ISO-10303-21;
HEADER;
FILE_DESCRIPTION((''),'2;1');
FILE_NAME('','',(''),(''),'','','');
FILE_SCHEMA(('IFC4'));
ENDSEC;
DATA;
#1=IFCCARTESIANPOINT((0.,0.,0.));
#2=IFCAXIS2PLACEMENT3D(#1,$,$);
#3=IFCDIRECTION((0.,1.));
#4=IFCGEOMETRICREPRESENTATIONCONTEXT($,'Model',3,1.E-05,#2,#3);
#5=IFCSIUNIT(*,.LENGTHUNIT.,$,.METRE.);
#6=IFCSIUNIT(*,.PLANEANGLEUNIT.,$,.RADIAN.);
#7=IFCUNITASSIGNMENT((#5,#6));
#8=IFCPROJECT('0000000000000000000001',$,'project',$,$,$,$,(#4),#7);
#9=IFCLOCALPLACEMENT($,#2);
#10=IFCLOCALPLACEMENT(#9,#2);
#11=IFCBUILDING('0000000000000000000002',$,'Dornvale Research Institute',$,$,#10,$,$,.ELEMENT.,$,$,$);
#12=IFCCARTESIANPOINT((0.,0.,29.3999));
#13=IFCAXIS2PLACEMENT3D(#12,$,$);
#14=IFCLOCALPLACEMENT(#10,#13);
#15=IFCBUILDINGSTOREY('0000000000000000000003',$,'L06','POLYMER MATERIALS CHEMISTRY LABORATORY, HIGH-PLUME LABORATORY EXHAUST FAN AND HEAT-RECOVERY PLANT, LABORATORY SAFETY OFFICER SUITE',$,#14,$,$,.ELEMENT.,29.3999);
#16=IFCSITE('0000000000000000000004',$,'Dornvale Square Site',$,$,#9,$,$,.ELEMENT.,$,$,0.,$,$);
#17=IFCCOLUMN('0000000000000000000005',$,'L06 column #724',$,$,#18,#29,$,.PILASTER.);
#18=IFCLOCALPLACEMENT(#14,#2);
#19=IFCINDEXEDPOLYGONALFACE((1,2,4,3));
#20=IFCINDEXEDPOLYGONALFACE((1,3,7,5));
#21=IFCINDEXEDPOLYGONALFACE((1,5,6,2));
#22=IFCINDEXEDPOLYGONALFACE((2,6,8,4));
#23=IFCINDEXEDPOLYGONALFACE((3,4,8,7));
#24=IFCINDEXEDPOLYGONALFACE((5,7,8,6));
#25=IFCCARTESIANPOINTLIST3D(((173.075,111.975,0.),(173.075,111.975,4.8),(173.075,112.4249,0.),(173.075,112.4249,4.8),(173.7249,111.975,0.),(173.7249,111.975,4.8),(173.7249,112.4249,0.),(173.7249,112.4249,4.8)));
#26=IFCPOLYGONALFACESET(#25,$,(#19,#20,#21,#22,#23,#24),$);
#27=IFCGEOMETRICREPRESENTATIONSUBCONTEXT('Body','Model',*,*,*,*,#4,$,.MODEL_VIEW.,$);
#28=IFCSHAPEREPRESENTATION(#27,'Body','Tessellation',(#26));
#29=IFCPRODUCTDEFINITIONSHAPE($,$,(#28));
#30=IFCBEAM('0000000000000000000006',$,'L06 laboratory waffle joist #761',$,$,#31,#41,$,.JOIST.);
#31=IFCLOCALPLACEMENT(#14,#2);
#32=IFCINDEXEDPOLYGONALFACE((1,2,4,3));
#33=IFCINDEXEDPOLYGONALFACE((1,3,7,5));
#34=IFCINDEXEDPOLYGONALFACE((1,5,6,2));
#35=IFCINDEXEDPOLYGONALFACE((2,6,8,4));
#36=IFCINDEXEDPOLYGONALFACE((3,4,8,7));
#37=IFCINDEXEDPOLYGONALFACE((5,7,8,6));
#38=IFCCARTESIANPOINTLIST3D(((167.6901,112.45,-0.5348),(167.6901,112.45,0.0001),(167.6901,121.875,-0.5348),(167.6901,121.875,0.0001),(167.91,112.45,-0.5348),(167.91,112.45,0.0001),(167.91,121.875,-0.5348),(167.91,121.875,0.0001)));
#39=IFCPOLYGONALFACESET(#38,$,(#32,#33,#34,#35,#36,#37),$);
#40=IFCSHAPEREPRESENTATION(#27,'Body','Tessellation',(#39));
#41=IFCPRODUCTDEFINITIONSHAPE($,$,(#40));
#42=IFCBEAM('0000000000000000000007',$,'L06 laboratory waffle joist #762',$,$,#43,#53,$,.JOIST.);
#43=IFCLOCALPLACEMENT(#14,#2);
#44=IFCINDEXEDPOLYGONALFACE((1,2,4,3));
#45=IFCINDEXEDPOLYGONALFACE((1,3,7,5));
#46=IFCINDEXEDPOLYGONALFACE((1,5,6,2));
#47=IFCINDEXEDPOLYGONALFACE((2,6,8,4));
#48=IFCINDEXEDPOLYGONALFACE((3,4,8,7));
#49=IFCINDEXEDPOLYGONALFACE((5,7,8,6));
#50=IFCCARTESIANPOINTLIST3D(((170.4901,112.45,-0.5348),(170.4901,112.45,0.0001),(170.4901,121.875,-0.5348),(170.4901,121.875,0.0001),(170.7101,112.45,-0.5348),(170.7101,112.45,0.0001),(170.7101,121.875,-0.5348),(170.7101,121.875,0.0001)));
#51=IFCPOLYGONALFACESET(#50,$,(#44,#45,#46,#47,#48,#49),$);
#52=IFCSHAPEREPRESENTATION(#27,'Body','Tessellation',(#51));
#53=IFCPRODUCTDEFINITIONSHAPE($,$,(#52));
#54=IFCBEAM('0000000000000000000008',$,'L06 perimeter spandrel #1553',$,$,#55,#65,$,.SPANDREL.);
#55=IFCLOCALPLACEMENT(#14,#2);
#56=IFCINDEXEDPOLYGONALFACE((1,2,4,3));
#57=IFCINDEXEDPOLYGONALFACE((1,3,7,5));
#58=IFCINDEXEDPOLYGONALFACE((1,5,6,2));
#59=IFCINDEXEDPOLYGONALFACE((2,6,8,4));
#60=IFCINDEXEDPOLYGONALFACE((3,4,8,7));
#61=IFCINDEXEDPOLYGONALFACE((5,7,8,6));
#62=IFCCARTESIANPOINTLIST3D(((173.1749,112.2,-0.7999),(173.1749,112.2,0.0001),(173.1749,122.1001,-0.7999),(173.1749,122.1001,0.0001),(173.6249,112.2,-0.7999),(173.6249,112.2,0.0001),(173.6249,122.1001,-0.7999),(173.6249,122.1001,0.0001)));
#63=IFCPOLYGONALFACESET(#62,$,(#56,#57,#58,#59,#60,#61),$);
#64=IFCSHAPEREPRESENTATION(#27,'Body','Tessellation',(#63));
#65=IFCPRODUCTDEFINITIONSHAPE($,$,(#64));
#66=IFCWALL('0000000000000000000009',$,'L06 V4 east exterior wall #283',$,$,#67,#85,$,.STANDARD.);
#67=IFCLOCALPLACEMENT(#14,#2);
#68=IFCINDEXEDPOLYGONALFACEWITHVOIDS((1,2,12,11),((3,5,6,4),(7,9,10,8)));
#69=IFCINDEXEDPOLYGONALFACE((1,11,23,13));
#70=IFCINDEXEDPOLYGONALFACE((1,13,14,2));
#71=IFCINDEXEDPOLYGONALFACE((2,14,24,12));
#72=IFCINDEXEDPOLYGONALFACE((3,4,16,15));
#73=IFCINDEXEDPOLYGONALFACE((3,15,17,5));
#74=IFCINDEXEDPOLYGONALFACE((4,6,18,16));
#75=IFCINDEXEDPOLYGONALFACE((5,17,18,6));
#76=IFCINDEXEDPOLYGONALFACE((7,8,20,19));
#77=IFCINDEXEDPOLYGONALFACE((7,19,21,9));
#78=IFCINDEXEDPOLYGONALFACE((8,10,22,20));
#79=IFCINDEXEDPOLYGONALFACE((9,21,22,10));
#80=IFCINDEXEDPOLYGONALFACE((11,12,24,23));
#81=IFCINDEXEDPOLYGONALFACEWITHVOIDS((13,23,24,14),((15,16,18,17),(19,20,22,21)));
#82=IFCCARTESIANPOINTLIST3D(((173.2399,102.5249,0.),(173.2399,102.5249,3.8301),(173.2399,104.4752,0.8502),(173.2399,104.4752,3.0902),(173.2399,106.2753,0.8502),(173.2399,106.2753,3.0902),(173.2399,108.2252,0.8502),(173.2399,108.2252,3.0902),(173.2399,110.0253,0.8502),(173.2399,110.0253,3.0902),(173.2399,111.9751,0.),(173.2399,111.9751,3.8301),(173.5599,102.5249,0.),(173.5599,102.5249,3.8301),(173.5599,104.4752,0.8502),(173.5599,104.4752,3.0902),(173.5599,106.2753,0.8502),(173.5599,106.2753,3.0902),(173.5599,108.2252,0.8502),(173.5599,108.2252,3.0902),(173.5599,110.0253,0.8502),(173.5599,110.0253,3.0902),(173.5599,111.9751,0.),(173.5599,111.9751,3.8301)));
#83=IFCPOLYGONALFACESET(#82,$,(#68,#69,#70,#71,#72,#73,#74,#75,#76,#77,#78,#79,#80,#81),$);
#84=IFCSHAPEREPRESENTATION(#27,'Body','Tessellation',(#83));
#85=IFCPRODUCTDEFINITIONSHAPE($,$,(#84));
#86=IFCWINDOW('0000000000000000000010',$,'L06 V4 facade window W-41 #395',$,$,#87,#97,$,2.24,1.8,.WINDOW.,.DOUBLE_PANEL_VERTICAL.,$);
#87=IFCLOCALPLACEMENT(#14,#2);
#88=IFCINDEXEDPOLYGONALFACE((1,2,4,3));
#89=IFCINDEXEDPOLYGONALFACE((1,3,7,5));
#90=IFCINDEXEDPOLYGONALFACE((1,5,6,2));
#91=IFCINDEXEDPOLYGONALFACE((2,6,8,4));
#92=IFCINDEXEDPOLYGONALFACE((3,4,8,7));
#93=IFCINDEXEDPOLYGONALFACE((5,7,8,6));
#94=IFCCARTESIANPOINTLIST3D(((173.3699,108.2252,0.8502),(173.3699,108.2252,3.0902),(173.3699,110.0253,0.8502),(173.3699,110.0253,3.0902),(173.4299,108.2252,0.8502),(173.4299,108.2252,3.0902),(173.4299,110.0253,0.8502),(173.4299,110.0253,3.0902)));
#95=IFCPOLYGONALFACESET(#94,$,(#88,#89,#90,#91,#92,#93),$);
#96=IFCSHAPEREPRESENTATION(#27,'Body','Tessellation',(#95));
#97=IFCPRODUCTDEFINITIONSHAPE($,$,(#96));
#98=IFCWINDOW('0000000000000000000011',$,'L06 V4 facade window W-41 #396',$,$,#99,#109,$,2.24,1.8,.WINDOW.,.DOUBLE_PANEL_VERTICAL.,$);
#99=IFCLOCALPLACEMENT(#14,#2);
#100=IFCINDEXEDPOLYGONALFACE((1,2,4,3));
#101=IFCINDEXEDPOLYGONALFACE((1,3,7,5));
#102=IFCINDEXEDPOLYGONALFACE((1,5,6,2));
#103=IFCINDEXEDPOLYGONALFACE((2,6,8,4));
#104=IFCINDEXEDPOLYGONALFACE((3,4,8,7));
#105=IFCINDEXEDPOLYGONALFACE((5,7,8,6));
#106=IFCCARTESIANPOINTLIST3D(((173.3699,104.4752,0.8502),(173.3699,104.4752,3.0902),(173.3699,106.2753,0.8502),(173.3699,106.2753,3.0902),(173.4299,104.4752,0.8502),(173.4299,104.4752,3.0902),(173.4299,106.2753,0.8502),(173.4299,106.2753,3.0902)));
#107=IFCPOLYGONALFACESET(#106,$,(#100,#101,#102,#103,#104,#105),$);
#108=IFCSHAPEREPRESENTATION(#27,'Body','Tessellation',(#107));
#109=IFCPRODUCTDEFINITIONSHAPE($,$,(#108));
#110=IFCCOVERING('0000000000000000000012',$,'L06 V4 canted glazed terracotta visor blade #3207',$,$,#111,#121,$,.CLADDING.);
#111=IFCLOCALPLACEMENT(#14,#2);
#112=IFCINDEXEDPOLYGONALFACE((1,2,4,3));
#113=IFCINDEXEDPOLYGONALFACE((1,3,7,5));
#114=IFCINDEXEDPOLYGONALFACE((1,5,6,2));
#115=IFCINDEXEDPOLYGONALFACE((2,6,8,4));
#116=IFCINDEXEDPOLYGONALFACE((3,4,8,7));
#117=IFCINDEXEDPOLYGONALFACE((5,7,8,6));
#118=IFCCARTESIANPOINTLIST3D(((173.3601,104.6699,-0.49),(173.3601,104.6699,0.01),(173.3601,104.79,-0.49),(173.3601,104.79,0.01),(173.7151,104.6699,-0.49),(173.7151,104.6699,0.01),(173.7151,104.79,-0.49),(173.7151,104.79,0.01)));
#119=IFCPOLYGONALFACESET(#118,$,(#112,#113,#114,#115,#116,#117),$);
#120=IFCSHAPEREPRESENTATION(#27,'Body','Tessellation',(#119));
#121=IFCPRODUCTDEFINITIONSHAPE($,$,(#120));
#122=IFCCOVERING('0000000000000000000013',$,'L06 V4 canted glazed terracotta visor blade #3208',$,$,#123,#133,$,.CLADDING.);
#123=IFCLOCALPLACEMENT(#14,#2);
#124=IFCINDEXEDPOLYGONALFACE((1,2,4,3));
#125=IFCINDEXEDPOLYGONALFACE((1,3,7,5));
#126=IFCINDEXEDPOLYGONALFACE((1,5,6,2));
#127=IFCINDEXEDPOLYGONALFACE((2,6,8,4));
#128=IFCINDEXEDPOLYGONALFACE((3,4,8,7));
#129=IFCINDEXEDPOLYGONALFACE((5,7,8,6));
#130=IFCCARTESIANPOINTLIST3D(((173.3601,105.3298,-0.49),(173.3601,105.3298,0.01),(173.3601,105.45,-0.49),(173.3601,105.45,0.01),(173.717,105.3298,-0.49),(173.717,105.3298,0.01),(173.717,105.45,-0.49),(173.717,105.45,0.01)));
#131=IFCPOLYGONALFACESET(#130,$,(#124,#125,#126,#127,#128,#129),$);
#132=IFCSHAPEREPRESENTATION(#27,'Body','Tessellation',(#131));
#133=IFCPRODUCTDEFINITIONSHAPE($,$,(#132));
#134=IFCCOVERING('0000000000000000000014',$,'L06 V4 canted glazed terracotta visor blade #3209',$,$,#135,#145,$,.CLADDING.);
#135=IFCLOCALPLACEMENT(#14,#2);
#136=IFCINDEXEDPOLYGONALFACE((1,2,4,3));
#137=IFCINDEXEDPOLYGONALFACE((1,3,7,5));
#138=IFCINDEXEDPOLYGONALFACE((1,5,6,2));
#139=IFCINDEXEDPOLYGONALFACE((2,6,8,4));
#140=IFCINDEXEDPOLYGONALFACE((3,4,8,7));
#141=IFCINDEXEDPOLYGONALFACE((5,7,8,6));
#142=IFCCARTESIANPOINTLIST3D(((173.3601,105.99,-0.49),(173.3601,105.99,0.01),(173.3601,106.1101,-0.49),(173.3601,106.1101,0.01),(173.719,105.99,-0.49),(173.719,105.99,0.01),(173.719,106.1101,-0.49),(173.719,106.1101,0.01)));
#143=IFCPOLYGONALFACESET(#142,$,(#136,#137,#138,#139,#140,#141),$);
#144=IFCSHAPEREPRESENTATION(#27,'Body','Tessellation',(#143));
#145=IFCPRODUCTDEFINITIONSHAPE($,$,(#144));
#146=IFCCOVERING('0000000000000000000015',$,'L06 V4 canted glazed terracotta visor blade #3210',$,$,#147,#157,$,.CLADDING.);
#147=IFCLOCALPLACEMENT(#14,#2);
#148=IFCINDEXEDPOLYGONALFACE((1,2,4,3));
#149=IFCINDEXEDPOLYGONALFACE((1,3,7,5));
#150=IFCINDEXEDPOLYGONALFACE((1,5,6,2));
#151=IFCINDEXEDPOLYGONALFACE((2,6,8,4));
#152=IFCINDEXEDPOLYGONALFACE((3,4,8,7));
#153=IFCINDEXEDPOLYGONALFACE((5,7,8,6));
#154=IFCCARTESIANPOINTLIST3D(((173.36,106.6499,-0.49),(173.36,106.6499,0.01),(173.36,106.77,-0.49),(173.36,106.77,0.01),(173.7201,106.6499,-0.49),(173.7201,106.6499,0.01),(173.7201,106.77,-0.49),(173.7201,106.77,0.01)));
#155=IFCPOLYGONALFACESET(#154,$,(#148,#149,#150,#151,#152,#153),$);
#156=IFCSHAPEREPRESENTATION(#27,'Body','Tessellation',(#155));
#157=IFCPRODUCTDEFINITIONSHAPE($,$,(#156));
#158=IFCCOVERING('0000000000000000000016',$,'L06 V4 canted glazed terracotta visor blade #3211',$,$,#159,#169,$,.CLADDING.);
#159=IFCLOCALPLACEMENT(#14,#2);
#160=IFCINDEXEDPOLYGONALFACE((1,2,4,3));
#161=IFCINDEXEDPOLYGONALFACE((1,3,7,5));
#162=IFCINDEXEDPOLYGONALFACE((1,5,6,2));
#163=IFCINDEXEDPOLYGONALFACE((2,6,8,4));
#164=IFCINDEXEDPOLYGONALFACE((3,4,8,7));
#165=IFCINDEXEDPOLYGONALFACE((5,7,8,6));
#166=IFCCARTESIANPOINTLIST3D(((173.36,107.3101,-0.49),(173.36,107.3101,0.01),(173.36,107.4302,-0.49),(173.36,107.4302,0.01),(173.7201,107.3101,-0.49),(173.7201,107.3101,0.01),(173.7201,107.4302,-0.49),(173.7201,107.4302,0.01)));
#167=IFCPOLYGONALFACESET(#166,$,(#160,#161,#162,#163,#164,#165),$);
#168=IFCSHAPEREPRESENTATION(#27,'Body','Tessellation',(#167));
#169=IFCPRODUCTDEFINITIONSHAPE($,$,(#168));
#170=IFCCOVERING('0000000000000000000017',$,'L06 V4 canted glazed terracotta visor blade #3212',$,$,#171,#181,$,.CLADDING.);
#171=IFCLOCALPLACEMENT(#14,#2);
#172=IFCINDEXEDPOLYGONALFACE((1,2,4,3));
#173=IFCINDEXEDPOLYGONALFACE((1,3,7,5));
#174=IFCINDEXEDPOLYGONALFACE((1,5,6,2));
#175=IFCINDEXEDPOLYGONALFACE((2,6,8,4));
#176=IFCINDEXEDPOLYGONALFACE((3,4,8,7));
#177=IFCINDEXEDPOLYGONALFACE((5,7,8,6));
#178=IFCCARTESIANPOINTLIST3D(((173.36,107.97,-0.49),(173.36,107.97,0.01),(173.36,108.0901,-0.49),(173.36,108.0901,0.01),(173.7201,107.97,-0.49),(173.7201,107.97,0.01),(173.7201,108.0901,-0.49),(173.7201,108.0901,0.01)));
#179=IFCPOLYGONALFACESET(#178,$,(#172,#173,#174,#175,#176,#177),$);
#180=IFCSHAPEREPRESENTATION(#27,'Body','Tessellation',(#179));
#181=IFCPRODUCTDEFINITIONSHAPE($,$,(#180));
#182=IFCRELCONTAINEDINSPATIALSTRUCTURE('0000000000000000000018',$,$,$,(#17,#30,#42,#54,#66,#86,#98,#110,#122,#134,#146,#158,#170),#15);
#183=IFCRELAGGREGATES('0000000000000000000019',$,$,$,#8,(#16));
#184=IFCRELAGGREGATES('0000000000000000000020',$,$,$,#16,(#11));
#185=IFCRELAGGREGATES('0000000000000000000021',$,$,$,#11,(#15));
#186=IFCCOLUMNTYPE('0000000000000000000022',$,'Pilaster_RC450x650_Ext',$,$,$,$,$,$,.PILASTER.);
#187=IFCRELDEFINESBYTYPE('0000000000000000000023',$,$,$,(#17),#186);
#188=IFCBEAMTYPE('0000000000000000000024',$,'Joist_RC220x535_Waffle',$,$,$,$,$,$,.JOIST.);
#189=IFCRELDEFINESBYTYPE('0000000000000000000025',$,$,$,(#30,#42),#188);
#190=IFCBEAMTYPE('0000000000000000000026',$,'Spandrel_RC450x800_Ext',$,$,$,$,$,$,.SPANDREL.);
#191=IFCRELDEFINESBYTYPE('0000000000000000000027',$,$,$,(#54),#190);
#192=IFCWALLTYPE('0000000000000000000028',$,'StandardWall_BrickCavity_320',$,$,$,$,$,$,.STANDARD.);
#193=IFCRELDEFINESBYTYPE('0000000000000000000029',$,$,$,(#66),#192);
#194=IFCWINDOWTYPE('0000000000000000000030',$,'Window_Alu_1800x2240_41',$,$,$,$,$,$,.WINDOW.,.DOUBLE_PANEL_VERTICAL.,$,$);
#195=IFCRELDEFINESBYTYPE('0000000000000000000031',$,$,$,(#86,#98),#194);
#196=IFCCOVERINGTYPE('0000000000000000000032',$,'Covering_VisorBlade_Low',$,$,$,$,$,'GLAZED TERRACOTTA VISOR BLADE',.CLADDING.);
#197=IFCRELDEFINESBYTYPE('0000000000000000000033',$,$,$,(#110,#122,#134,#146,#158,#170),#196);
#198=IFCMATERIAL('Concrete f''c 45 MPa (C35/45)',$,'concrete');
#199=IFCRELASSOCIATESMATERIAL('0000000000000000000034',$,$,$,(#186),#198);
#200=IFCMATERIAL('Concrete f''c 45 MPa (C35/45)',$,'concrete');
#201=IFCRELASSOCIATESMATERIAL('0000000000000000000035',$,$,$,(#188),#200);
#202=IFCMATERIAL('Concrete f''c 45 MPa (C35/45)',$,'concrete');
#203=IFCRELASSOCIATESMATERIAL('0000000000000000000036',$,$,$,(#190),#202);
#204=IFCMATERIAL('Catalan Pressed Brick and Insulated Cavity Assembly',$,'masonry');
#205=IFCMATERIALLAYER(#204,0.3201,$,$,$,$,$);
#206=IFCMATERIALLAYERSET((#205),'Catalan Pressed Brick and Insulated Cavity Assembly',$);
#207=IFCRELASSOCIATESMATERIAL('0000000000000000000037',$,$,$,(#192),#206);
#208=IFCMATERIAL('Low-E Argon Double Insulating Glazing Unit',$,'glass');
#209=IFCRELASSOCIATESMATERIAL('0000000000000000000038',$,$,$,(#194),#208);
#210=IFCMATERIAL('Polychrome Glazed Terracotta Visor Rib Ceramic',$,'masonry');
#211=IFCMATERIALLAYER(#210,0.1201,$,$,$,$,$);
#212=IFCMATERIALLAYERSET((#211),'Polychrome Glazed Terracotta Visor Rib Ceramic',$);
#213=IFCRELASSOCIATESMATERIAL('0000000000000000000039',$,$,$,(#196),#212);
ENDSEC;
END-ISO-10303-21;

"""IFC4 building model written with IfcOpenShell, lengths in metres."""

from ifc_helpers import new_model, si_unit, direction, frame, frame_2d, origin, origin_2d, place, context, subcontext, project, spatial, rectangle, extrude, material, layer, layer_set, material_profile, profile_set, type_object, element, fill, save


model = new_model("IFC4")

# Units and contexts
model_context = context("Model", 3, precision=1e-05, world=origin(), true_north=direction((0.0, 1.0)))
body_context = subcontext(model_context, "Body", "Model", "MODEL_VIEW")
ifc_project = project(units=[si_unit("LENGTHUNIT", "METRE"), si_unit("PLANEANGLEUNIT", "RADIAN")], contexts=[model_context])

# Site, building, storey
site_placement = place(None, origin())
site = spatial("IfcSite", under=ifc_project, at=site_placement, Name="Dornvale Square Site", CompositionType="ELEMENT", RefElevation=0.0)
building_placement = place(site_placement, origin())
building = spatial("IfcBuilding", under=site, at=building_placement, Name="Dornvale Research Institute", CompositionType="ELEMENT")
storey_placement = place(building_placement, frame((0.0, 0.0, 29.3999)))
storey = spatial("IfcBuildingStorey", under=building, at=storey_placement, Name="L06", Description="POLYMER MATERIALS CHEMISTRY LABORATORY, HIGH-PLUME LABORATORY EXHAUST FAN AND HEAT-RECOVERY PLANT, LABORATORY SAFETY OFFICER SUITE", CompositionType="ELEMENT", Elevation=29.3999)

# Column
ifc_material_1 = material(Name="Concrete f'c 45 MPa (C35/45)", Category="concrete")
ifc_material_profile_1 = material_profile(ifc_material_1, rectangle(XDim=0.45, YDim=0.6499, at=origin_2d()), Name="RC 450x650")
ifc_profile_set_1 = profile_set([ifc_material_profile_1], Name="Concrete f'c 45 MPa (C35/45)")
column_type = type_object("IfcColumnType", Name="Pilaster_RC450x650_Ext", PredefinedType="PILASTER", material=ifc_profile_set_1)
column_placement = place(storey_placement, frame((173.3999, 112.2, 0.0), z_axis=(0.0, 0.0, 1.0), x_axis=(0.0, 1.0, 0.0)))
element("IfcColumn", 1, at=column_placement, inside=storey, type_object=column_type, Name="L06 column #724", PredefinedType="PILASTER", context=body_context, shape_type="SweptSolid", body=[
    extrude(rectangle(XDim=0.45, YDim=0.6499, at=origin_2d()), origin(), (0.0, 0.0, 1.0), 4.8),
])

# Beams
ifc_material_2 = material(Name="Concrete f'c 45 MPa (C35/45)", Category="concrete")
ifc_material_profile_2 = material_profile(ifc_material_2, rectangle(XDim=0.22, YDim=0.5349, at=origin_2d()), Name="RC 220x535")
ifc_profile_set_2 = profile_set([ifc_material_profile_2], Name="Concrete f'c 45 MPa (C35/45)")
beam_type_1 = type_object("IfcBeamType", Name="Joist_RC220x535_Waffle", PredefinedType="JOIST", material=ifc_profile_set_2)
for number, where, z_axis, x_axis, name in (
    (2, (167.8, 112.45, -0.2673), (0.0, 1.0, 0.0), (-1.0, 0.0, 0.0), "L06 laboratory waffle joist #761"),
    (3, (170.6001, 112.45, -0.2673), (0.0, 1.0, 0.0), (-1.0, 0.0, 0.0), "L06 laboratory waffle joist #762"),
):
    element("IfcBeam", number, at=place(storey_placement, frame(where, z_axis=z_axis, x_axis=x_axis)), inside=storey, type_object=beam_type_1, Name=name, PredefinedType="JOIST", context=body_context, shape_type="SweptSolid", body=[
        extrude(rectangle(XDim=0.22, YDim=0.5349, at=origin_2d()), origin(), (0.0, 0.0, 1.0), 9.425),
    ])
ifc_material_3 = material(Name="Concrete f'c 45 MPa (C35/45)", Category="concrete")
ifc_material_profile_3 = material_profile(ifc_material_3, rectangle(XDim=0.45, YDim=0.8, at=origin_2d()), Name="RC 450x800")
ifc_profile_set_3 = profile_set([ifc_material_profile_3], Name="Concrete f'c 45 MPa (C35/45)")
beam_type_2 = type_object("IfcBeamType", Name="Spandrel_RC450x800_Ext", PredefinedType="SPANDREL", material=ifc_profile_set_3)
beam_placement = place(storey_placement, frame((173.3999, 112.2, -0.3999), z_axis=(0.0, 1.0, 0.0), x_axis=(-1.0, 0.0, 0.0)))
element("IfcBeam", 4, at=beam_placement, inside=storey, type_object=beam_type_2, Name="L06 perimeter spandrel #1553", PredefinedType="SPANDREL", context=body_context, shape_type="SweptSolid", body=[
    extrude(rectangle(XDim=0.45, YDim=0.8, at=origin_2d()), origin(), (0.0, 0.0, 1.0), 9.9001),
])

# Wall, openings, windows
ifc_material_4 = material(Name="Catalan Pressed Brick and Insulated Cavity Assembly", Category="masonry")
ifc_layer_1 = layer(ifc_material_4, 0.3201)
ifc_layer_set_1 = layer_set([ifc_layer_1], Name="Catalan Pressed Brick and Insulated Cavity Assembly")
wall_type = type_object("IfcWallType", Name="StandardWall_BrickCavity_320", PredefinedType="STANDARD", material=ifc_layer_set_1)
wall_placement = place(storey_placement, frame((173.3999, 111.9751, 0.0), z_axis=(0.0, 0.0, 1.0), x_axis=(0.0, -1.0, 0.0)))
wall = element("IfcWall", 5, at=wall_placement, inside=storey, type_object=wall_type, Name="L06 V4 east exterior wall #283", PredefinedType="STANDARD", context=body_context, shape_type="SweptSolid", body=[
    extrude(rectangle(XDim=9.4502, YDim=0.3201, at=frame_2d((4.7251, 0.0))), origin(), (0.0, 0.0, 1.0), 3.8301),
])
opening_1_placement = place(wall_placement, frame((1.95, 0.0, 0.8501)))
opening_1 = element("IfcOpeningElement", 6, at=opening_1_placement, cuts=wall, PredefinedType="OPENING", context=body_context, shape_type="SweptSolid", body=[
    extrude(rectangle(XDim=1.8, YDim=2.24, at=frame_2d((0.8999, 1.1201))), frame((0.0, 0.175, 0.0), z_axis=(0.0, -1.0, 0.0), x_axis=(1.0, 0.0, 0.0)), (0.0, 0.0, 1.0), 0.3501),
])
opening_2_placement = place(wall_placement, frame((5.7, 0.0, 0.8501)))
opening_2 = element("IfcOpeningElement", 7, at=opening_2_placement, cuts=wall, PredefinedType="OPENING", context=body_context, shape_type="SweptSolid", body=[
    extrude(rectangle(XDim=1.8, YDim=2.24, at=frame_2d((0.8999, 1.1201))), frame((0.0, 0.175, 0.0), z_axis=(0.0, -1.0, 0.0), x_axis=(1.0, 0.0, 0.0)), (0.0, 0.0, 1.0), 0.3501),
])
ifc_material_5 = material(Name="Low-E Argon Double Insulating Glazing Unit", Category="glass")
window_type = type_object("IfcWindowType", Name="Window_Alu_1800x2240_41", PartitioningType="DOUBLE_PANEL_VERTICAL", PredefinedType="WINDOW", material=ifc_material_5)
window_1_placement = place(opening_1_placement, origin())
window_1 = element("IfcWindow", 8, at=window_1_placement, inside=storey, type_object=window_type, Name="L06 V4 facade window W-41 #395", OverallHeight=2.24, OverallWidth=1.8, PartitioningType="DOUBLE_PANEL_VERTICAL", PredefinedType="WINDOW", context=body_context, shape_type="SweptSolid", body=[
    extrude(rectangle(XDim=1.8, YDim=2.24, at=frame_2d((0.8999, 1.1201))), frame((0.0, 0.03, 0.0), z_axis=(0.0, -1.0, 0.0), x_axis=(1.0, 0.0, 0.0)), (0.0, 0.0, 1.0), 0.0601),
])
fill(opening_1, window_1)
window_2_placement = place(opening_2_placement, origin())
window_2 = element("IfcWindow", 9, at=window_2_placement, inside=storey, type_object=window_type, Name="L06 V4 facade window W-41 #396", OverallHeight=2.24, OverallWidth=1.8, PartitioningType="DOUBLE_PANEL_VERTICAL", PredefinedType="WINDOW", context=body_context, shape_type="SweptSolid", body=[
    extrude(rectangle(XDim=1.8, YDim=2.24, at=frame_2d((0.8999, 1.1201))), frame((0.0, 0.03, 0.0), z_axis=(0.0, -1.0, 0.0), x_axis=(1.0, 0.0, 0.0)), (0.0, 0.0, 1.0), 0.0601),
])
fill(opening_2, window_2)

# Coverings
ifc_material_6 = material(Name="Polychrome Glazed Terracotta Visor Rib Ceramic", Category="masonry")
ifc_layer_2 = layer(ifc_material_6, 0.1201)
ifc_layer_set_2 = layer_set([ifc_layer_2], Name="Polychrome Glazed Terracotta Visor Rib Ceramic")
covering_type = type_object("IfcCoveringType", Name="Covering_VisorBlade_Low", ElementType="GLAZED TERRACOTTA VISOR BLADE", PredefinedType="CLADDING", material=ifc_layer_set_2)
covering_1_placement = place(storey_placement, frame((173.5376, 104.73, -0.49), z_axis=(0.0, 0.0, 1.0), x_axis=(1.0, 0.0, 0.0)))
element("IfcCovering", 10, at=covering_1_placement, inside=storey, type_object=covering_type, Name="L06 V4 canted glazed terracotta visor blade #3207", PredefinedType="CLADDING", context=body_context, shape_type="SweptSolid", body=[
    extrude(rectangle(XDim=0.355, YDim=0.1201, at=origin_2d()), origin(), (0.0, 0.0, 1.0), 0.5),
])
covering_2_placement = place(storey_placement, frame((173.5386, 105.3899, -0.49), z_axis=(0.0, 0.0, 1.0), x_axis=(1.0, 0.0, 0.0)))
element("IfcCovering", 11, at=covering_2_placement, inside=storey, type_object=covering_type, Name="L06 V4 canted glazed terracotta visor blade #3208", PredefinedType="CLADDING", context=body_context, shape_type="SweptSolid", body=[
    extrude(rectangle(XDim=0.3569, YDim=0.1201, at=origin_2d()), origin(), (0.0, 0.0, 1.0), 0.5),
])
covering_3_placement = place(storey_placement, frame((173.5396, 106.05, -0.49), z_axis=(0.0, 0.0, 1.0), x_axis=(1.0, 0.0, 0.0)))
element("IfcCovering", 12, at=covering_3_placement, inside=storey, type_object=covering_type, Name="L06 V4 canted glazed terracotta visor blade #3209", PredefinedType="CLADDING", context=body_context, shape_type="SweptSolid", body=[
    extrude(rectangle(XDim=0.3589, YDim=0.1201, at=origin_2d()), origin(), (0.0, 0.0, 1.0), 0.5),
])
for number, where, z_axis, x_axis, name in (
    (13, (173.54, 106.71, -0.49), (0.0, 0.0, 1.0), (1.0, 0.0, 0.0), "L06 V4 canted glazed terracotta visor blade #3210"),
    (14, (173.54, 107.3701, -0.49), (0.0, 0.0, 1.0), (1.0, 0.0, 0.0), "L06 V4 canted glazed terracotta visor blade #3211"),
    (15, (173.54, 108.03, -0.49), (0.0, 0.0, 1.0), (1.0, 0.0, 0.0), "L06 V4 canted glazed terracotta visor blade #3212"),
):
    element("IfcCovering", number, at=place(storey_placement, frame(where, z_axis=z_axis, x_axis=x_axis)), inside=storey, type_object=covering_type, Name=name, PredefinedType="CLADDING", context=body_context, shape_type="SweptSolid", body=[
        extrude(rectangle(XDim=0.3601, YDim=0.1201, at=origin_2d()), origin(), (0.0, 0.0, 1.0), 0.5),
    ])

save(model, "model.ifc")
